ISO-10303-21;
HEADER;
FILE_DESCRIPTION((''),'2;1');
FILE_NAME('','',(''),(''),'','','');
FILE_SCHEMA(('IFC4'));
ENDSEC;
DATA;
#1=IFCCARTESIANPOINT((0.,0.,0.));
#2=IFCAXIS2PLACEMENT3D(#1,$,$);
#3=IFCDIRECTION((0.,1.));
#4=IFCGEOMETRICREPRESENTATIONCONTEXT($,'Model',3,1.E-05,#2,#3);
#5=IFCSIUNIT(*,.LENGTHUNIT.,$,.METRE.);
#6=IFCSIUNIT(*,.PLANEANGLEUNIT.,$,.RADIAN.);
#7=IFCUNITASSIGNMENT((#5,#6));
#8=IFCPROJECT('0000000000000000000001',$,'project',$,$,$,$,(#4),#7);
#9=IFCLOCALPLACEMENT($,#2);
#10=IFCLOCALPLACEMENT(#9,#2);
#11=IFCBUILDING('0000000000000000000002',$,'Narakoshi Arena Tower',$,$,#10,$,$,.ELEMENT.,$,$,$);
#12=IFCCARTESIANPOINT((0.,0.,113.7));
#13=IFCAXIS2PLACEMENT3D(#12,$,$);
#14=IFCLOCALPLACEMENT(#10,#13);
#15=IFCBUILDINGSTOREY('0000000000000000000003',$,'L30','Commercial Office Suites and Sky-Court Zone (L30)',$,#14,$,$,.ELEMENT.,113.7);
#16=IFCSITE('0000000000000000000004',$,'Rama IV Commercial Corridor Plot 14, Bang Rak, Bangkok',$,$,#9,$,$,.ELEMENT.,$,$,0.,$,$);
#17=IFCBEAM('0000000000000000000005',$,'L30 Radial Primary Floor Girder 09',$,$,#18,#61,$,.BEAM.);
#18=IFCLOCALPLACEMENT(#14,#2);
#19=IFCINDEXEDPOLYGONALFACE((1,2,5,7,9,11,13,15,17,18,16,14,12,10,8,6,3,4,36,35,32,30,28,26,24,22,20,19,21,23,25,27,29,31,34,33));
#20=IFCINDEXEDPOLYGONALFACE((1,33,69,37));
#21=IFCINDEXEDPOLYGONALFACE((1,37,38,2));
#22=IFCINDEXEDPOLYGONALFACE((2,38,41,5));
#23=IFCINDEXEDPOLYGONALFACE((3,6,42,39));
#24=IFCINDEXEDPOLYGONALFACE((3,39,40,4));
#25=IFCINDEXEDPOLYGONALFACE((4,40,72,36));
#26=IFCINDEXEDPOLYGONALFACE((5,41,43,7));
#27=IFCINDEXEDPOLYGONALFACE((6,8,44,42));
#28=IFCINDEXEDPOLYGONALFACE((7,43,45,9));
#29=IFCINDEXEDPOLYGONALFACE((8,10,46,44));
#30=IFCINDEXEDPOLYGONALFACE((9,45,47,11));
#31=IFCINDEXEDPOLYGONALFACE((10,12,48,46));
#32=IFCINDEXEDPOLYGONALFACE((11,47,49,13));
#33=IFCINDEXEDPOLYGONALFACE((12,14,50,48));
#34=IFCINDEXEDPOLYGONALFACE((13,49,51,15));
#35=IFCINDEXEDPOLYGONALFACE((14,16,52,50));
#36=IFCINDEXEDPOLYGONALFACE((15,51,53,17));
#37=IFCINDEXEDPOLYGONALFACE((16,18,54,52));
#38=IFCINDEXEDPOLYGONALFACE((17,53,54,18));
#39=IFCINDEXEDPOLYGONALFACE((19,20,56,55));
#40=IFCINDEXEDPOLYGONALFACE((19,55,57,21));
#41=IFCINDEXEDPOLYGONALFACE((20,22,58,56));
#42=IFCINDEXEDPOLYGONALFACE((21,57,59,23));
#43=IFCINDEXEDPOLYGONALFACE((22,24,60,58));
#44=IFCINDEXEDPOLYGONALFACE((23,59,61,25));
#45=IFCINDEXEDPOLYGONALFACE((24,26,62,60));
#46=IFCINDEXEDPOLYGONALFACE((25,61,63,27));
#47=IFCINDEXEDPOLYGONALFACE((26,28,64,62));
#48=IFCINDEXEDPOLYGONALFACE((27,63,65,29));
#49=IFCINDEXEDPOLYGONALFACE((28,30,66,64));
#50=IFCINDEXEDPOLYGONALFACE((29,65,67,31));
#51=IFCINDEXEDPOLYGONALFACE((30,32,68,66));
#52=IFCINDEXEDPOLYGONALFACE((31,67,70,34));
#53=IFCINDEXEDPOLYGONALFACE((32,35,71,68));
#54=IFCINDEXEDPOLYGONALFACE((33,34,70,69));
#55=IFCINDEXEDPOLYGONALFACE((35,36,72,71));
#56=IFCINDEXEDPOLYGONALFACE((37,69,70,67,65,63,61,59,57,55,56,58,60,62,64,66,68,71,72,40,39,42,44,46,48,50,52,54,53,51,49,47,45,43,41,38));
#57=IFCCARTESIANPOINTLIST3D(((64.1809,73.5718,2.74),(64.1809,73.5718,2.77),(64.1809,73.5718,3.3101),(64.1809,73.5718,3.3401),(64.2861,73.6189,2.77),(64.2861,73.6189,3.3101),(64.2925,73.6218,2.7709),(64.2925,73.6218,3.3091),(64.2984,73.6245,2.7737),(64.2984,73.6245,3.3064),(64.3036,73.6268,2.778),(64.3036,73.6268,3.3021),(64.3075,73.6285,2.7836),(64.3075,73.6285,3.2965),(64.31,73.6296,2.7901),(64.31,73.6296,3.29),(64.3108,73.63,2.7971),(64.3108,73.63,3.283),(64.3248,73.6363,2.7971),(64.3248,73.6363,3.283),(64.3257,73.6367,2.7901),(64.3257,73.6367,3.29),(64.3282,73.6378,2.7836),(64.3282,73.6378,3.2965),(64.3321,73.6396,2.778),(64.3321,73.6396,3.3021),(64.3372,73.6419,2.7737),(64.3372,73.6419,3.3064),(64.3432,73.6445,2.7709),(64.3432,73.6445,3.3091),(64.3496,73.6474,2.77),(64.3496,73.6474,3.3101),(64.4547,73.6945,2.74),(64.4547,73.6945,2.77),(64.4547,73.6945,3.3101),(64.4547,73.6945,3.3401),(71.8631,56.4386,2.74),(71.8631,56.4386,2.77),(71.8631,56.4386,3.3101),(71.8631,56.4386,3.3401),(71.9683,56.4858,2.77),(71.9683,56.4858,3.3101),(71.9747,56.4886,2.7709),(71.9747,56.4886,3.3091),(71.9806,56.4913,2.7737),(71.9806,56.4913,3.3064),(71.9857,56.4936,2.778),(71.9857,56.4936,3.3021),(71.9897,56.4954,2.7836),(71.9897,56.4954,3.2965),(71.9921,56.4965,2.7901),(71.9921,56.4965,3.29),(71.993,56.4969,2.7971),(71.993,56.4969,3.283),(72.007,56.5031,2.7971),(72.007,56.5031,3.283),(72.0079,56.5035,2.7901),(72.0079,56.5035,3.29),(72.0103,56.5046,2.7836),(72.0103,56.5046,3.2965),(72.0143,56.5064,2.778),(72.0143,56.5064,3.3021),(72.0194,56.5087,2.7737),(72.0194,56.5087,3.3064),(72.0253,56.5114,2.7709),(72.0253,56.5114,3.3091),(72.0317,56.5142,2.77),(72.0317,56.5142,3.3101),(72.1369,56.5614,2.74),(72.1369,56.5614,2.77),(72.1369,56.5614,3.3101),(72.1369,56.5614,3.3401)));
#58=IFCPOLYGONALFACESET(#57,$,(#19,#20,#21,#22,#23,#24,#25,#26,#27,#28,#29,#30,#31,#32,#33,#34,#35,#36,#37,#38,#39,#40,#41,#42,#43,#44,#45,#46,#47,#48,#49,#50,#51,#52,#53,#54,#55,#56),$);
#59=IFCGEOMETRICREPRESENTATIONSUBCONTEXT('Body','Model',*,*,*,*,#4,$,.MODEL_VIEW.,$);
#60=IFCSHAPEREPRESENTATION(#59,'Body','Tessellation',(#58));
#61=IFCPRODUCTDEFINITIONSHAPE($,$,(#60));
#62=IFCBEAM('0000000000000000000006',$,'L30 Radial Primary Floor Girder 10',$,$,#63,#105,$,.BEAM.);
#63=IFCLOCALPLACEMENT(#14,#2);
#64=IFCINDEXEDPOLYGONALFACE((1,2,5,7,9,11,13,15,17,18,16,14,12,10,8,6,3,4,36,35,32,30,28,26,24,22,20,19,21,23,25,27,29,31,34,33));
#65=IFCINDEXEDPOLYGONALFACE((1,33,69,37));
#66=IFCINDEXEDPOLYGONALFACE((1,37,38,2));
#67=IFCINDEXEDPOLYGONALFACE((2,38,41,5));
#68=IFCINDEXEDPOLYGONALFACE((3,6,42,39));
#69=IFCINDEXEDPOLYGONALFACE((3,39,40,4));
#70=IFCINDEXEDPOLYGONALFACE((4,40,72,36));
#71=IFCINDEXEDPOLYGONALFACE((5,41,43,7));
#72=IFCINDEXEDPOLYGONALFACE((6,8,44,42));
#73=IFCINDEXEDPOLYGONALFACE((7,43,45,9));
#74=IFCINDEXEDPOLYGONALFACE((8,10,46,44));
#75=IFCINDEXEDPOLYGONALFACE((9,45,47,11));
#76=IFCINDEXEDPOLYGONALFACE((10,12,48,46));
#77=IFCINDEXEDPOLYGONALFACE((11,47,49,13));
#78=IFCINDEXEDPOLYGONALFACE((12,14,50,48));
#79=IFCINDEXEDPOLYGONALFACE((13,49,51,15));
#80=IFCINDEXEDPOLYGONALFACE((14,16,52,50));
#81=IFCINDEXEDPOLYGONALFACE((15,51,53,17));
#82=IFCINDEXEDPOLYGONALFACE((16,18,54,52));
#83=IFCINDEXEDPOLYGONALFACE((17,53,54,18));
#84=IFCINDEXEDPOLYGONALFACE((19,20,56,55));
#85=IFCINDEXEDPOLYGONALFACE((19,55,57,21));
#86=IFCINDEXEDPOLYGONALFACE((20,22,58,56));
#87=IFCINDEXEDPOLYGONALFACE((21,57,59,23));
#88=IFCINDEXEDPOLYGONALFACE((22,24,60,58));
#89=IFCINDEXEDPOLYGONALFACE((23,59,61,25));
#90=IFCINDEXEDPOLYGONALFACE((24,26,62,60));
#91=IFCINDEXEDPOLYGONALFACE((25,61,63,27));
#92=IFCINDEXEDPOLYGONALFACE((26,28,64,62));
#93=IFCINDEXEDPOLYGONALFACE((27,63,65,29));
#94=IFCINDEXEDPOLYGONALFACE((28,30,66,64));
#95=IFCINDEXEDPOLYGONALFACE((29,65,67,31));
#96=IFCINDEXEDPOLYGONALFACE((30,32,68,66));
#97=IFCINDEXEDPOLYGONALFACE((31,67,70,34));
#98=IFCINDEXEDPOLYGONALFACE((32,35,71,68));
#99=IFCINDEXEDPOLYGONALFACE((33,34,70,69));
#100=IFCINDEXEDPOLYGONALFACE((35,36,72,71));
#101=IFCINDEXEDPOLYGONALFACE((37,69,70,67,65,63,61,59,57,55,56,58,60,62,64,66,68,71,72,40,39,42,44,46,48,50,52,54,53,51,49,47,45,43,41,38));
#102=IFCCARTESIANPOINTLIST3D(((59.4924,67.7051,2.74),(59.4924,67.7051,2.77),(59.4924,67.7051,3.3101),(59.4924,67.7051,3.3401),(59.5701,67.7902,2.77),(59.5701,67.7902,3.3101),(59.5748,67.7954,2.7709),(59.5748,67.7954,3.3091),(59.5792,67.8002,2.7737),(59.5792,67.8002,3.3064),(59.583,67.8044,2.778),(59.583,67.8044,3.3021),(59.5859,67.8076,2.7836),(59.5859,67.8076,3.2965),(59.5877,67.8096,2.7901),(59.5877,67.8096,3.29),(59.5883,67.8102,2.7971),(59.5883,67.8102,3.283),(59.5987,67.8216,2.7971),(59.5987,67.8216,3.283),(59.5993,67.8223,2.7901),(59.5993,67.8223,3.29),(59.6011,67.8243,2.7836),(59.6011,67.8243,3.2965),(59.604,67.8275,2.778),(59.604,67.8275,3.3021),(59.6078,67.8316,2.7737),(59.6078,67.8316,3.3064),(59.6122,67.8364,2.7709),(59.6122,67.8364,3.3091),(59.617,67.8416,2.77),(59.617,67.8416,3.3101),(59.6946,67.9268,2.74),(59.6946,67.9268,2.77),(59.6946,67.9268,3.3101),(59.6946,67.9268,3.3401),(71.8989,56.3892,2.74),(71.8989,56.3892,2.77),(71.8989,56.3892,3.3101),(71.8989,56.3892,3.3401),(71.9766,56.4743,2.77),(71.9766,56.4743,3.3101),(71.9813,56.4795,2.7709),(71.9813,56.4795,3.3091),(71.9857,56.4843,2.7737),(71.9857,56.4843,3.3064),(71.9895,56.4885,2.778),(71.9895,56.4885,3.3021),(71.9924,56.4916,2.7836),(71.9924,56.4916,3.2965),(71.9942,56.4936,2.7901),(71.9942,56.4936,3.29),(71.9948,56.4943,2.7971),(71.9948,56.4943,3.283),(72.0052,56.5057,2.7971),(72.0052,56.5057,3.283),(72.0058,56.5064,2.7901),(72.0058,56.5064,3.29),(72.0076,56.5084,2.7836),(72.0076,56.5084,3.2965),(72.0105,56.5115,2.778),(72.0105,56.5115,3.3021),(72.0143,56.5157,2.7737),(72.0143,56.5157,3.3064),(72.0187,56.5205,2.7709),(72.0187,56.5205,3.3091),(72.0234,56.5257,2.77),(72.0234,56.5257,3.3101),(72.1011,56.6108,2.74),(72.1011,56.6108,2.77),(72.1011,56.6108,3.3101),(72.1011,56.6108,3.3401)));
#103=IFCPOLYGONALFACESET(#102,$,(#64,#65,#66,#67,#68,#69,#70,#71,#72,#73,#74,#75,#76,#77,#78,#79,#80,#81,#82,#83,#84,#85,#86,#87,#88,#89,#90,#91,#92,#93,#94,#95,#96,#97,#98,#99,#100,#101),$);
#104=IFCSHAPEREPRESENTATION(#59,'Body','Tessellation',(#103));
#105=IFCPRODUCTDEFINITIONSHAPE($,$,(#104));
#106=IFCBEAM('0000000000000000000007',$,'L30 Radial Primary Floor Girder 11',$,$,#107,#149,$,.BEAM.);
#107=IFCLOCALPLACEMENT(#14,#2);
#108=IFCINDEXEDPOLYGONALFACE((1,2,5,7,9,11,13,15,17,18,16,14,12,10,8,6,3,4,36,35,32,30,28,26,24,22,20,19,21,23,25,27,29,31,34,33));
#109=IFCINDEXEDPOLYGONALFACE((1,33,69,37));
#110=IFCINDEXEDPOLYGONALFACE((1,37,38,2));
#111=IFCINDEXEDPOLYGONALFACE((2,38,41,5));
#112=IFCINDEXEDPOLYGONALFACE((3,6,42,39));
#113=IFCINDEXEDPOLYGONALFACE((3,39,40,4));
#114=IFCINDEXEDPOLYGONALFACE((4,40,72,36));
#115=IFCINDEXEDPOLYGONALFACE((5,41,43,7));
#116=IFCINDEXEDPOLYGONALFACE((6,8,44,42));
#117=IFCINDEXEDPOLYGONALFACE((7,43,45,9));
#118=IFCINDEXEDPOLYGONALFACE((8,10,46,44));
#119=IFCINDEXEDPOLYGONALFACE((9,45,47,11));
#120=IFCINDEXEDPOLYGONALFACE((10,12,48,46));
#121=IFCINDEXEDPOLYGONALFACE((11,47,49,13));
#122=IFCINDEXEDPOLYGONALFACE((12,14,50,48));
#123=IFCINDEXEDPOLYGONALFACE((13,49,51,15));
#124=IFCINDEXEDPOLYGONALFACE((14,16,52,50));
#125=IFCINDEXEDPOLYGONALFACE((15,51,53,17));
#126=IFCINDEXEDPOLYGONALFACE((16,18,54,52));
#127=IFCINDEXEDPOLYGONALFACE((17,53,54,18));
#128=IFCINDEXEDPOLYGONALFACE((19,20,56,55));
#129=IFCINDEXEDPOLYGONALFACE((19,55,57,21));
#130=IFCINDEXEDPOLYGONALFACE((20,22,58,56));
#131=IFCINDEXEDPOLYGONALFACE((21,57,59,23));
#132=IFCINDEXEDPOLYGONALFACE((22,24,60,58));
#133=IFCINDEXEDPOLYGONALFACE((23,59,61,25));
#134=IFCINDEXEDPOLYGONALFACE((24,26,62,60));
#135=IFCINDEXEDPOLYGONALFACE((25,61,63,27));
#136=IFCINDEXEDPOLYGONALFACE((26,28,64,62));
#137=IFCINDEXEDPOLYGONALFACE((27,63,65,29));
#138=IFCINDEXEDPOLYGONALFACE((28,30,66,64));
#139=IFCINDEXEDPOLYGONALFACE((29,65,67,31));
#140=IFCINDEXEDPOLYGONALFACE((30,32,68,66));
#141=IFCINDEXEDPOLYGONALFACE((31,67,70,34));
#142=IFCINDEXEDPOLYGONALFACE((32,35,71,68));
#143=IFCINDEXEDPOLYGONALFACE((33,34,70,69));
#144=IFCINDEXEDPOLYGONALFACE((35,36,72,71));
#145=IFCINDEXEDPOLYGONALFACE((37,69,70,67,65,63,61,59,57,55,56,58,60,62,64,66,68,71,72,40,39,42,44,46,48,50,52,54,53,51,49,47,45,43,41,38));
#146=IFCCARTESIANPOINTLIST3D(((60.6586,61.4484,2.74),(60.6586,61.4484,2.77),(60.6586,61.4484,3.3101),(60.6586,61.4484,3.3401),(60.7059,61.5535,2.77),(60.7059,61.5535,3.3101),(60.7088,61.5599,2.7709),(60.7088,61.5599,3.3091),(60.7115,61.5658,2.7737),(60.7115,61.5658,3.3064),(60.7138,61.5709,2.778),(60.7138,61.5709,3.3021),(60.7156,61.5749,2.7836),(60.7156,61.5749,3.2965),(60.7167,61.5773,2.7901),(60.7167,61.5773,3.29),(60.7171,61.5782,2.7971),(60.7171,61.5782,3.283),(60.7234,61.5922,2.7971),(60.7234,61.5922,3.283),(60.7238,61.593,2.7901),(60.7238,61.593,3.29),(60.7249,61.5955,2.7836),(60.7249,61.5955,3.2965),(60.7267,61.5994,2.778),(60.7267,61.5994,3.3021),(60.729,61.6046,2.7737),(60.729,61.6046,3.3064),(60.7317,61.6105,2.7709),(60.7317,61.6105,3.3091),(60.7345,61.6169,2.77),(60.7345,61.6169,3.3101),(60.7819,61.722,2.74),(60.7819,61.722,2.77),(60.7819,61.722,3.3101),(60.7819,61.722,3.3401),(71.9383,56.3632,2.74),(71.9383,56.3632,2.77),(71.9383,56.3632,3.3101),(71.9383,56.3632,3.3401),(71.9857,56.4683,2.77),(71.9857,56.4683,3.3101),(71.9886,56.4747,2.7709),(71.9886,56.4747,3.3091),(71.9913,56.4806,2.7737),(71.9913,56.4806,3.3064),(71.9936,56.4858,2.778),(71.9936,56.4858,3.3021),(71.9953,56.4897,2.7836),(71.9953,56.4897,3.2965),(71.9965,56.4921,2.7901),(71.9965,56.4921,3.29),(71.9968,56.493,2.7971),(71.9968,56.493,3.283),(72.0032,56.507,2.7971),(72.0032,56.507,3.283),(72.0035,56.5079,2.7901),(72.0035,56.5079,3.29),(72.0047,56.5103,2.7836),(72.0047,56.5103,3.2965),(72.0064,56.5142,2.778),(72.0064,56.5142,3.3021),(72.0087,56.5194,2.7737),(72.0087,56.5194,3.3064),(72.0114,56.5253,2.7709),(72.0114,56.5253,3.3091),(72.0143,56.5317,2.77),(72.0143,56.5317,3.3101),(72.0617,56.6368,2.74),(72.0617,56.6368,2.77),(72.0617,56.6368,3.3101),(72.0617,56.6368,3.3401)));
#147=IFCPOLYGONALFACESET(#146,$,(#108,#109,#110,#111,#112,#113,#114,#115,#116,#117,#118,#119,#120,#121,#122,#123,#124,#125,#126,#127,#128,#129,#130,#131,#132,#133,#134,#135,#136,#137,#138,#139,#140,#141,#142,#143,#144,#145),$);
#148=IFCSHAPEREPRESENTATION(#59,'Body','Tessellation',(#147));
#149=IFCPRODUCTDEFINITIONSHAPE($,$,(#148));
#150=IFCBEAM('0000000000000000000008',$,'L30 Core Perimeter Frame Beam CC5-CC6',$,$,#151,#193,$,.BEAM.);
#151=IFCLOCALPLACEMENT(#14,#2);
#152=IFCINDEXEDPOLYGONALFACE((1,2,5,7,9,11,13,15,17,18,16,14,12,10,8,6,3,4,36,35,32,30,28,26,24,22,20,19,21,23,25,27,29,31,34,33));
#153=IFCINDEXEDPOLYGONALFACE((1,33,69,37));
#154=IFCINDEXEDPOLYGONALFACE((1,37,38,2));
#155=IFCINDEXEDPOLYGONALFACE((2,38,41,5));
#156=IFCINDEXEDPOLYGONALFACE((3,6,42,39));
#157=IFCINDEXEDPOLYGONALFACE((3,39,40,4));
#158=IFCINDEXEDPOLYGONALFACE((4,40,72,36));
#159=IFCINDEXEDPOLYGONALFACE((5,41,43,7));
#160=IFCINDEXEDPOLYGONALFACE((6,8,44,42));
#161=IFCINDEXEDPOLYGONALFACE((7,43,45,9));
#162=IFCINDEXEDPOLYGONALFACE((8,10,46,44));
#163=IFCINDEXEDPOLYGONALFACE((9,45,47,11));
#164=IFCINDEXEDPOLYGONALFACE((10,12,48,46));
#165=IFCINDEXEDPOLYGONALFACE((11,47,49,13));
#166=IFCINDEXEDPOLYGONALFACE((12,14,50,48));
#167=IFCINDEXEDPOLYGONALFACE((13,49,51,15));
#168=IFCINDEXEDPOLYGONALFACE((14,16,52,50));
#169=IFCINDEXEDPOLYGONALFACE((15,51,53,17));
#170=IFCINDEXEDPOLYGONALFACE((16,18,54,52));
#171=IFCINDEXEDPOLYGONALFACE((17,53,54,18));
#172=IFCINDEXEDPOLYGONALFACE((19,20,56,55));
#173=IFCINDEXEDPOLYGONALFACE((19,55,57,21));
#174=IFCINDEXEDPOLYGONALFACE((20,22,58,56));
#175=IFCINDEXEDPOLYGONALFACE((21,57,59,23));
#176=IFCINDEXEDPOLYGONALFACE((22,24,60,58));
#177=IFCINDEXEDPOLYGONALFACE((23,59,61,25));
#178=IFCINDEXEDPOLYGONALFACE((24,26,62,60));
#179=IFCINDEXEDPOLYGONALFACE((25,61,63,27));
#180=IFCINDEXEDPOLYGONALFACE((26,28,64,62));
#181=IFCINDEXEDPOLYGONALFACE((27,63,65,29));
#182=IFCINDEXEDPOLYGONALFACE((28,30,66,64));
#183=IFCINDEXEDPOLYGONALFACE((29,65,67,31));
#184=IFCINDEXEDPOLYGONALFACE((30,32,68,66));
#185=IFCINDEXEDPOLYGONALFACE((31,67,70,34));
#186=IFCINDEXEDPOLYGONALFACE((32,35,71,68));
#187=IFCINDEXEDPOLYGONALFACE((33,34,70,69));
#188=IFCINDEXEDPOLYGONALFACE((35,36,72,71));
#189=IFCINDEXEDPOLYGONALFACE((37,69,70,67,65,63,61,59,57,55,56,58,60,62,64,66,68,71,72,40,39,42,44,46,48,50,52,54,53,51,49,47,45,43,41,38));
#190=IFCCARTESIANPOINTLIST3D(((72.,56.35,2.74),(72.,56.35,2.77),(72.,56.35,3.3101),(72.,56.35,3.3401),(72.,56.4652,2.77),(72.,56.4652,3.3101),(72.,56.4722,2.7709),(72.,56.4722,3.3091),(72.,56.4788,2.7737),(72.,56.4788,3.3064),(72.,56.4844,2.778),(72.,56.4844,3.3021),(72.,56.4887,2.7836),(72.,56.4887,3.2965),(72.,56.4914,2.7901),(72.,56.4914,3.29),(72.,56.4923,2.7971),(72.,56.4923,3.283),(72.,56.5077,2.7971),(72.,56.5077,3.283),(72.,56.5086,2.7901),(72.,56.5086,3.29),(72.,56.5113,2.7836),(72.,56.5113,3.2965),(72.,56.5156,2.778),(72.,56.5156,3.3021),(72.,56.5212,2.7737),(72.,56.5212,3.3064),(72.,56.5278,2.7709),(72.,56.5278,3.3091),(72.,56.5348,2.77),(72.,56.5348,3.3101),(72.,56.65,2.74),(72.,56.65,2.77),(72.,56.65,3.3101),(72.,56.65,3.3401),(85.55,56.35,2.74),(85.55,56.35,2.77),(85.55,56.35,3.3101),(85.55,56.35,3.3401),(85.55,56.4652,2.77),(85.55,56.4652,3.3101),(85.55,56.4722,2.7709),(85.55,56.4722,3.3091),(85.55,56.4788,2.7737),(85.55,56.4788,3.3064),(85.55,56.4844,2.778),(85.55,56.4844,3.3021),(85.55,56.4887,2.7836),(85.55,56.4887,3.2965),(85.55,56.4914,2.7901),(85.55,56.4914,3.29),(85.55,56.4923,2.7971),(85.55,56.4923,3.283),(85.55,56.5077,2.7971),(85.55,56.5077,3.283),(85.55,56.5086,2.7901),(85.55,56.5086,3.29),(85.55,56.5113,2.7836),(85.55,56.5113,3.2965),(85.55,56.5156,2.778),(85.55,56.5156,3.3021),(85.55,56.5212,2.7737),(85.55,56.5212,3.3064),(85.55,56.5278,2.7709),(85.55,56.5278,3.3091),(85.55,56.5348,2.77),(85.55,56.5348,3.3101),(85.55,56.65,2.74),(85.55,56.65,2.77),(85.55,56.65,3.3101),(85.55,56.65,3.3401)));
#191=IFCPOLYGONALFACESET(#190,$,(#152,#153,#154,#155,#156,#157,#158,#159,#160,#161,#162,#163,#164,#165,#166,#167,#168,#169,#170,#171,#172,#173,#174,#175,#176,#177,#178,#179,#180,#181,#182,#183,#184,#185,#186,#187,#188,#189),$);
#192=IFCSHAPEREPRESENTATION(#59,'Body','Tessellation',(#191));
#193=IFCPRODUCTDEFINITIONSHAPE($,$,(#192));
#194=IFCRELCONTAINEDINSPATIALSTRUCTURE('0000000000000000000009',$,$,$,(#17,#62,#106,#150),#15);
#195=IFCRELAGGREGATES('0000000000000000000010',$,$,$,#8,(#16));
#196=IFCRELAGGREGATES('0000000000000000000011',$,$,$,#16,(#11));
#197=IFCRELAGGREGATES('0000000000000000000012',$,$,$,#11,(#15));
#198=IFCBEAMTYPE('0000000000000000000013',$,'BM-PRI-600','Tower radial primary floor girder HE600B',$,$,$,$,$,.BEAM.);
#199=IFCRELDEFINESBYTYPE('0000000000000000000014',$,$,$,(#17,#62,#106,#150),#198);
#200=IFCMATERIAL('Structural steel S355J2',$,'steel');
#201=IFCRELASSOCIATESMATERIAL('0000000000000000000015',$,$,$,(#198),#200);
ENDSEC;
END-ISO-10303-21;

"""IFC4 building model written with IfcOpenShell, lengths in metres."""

from ifc_helpers import new_model, si_unit, direction, frame, origin, origin_2d, place, context, subcontext, project, spatial, i_section, extrude, material, material_profile, profile_set, type_object, element, save


model = new_model("IFC4")

# Units and contexts
model_context = context("Model", 3, precision=1e-05, world=origin(), true_north=direction((0.0, 1.0)))
body_context = subcontext(model_context, "Body", "Model", "MODEL_VIEW")
ifc_project = project(units=[si_unit("LENGTHUNIT", "METRE"), si_unit("PLANEANGLEUNIT", "RADIAN")], contexts=[model_context])

# Site, building, storey
site_placement = place(None, origin())
site = spatial("IfcSite", under=ifc_project, at=site_placement, Name="Rama IV Commercial Corridor Plot 14, Bang Rak, Bangkok", CompositionType="ELEMENT", RefElevation=0.0)
building_placement = place(site_placement, origin())
building = spatial("IfcBuilding", under=site, at=building_placement, Name="Narakoshi Arena Tower", CompositionType="ELEMENT")
storey_placement = place(building_placement, frame((0.0, 0.0, 113.7)))
storey = spatial("IfcBuildingStorey", under=building, at=storey_placement, Name="L30", Description="Commercial Office Suites and Sky-Court Zone (L30)", CompositionType="ELEMENT", Elevation=113.7)

# Beams
ifc_material_1 = material(Name="Structural steel S355J2", Category="steel")
ifc_material_profile_1 = material_profile(ifc_material_1, i_section(OverallWidth=0.3, OverallDepth=0.6001, WebThickness=0.0154, FlangeThickness=0.03, FilletRadius=0.0271, at=origin_2d()), Name="HE600B")
ifc_profile_set_1 = profile_set([ifc_material_profile_1], Name="Structural steel S355J2")
beam_type_1 = type_object("IfcBeamType", Name="BM-PRI-600", Description="Tower radial primary floor girder HE600B", PredefinedType="BEAM", material=ifc_profile_set_1)
beam_1_placement = place(storey_placement, frame((72.0, 56.5, 3.04), z_axis=(-0.409135, 0.912474, 0.0), x_axis=(-0.912474, -0.409135, 0.0)))
element("IfcBeam", 1, at=beam_1_placement, inside=storey, type_object=beam_type_1, Name="L30 Radial Primary Floor Girder 09", PredefinedType="BEAM", context=body_context, shape_type="SweptSolid", body=[
    extrude(i_section(OverallWidth=0.3, OverallDepth=0.6001, WebThickness=0.0154, FlangeThickness=0.03, FilletRadius=0.0271, at=origin_2d()), origin(), (0.0, 0.0, 1.0), 18.7766),
])
beam_2_placement = place(storey_placement, frame((72.0, 56.5, 3.04), z_axis=(-0.738834, 0.673888, 0.0), x_axis=(-0.673888, -0.738834, 0.0)))
element("IfcBeam", 2, at=beam_2_placement, inside=storey, type_object=beam_type_1, Name="L30 Radial Primary Floor Girder 10", PredefinedType="BEAM", context=body_context, shape_type="SweptSolid", body=[
    extrude(i_section(OverallWidth=0.3, OverallDepth=0.6001, WebThickness=0.0154, FlangeThickness=0.03, FilletRadius=0.0271, at=origin_2d()), origin(), (0.0, 0.0, 1.0), 16.792),
])
beam_3_placement = place(storey_placement, frame((72.0, 56.5, 3.04), z_axis=(-0.91164, 0.41099, 0.0), x_axis=(-0.41099, -0.91164, 0.0)))
element("IfcBeam", 3, at=beam_3_placement, inside=storey, type_object=beam_type_1, Name="L30 Radial Primary Floor Girder 11", PredefinedType="BEAM", context=body_context, shape_type="SweptSolid", body=[
    extrude(i_section(OverallWidth=0.3, OverallDepth=0.6001, WebThickness=0.0154, FlangeThickness=0.03, FilletRadius=0.0271, at=origin_2d()), origin(), (0.0, 0.0, 1.0), 12.373),
])
beam_4_placement = place(storey_placement, frame((72.0, 56.5, 3.04), z_axis=(1.0, 0.0, 0.0), x_axis=(0.0, 1.0, 0.0)))
element("IfcBeam", 4, at=beam_4_placement, inside=storey, type_object=beam_type_1, Name="L30 Core Perimeter Frame Beam CC5-CC6", PredefinedType="BEAM", context=body_context, shape_type="SweptSolid", body=[
    extrude(i_section(OverallWidth=0.3, OverallDepth=0.6001, WebThickness=0.0154, FlangeThickness=0.03, FilletRadius=0.0271, at=origin_2d()), origin(), (0.0, 0.0, 1.0), 13.55),
])

save(model, "model.ifc")
